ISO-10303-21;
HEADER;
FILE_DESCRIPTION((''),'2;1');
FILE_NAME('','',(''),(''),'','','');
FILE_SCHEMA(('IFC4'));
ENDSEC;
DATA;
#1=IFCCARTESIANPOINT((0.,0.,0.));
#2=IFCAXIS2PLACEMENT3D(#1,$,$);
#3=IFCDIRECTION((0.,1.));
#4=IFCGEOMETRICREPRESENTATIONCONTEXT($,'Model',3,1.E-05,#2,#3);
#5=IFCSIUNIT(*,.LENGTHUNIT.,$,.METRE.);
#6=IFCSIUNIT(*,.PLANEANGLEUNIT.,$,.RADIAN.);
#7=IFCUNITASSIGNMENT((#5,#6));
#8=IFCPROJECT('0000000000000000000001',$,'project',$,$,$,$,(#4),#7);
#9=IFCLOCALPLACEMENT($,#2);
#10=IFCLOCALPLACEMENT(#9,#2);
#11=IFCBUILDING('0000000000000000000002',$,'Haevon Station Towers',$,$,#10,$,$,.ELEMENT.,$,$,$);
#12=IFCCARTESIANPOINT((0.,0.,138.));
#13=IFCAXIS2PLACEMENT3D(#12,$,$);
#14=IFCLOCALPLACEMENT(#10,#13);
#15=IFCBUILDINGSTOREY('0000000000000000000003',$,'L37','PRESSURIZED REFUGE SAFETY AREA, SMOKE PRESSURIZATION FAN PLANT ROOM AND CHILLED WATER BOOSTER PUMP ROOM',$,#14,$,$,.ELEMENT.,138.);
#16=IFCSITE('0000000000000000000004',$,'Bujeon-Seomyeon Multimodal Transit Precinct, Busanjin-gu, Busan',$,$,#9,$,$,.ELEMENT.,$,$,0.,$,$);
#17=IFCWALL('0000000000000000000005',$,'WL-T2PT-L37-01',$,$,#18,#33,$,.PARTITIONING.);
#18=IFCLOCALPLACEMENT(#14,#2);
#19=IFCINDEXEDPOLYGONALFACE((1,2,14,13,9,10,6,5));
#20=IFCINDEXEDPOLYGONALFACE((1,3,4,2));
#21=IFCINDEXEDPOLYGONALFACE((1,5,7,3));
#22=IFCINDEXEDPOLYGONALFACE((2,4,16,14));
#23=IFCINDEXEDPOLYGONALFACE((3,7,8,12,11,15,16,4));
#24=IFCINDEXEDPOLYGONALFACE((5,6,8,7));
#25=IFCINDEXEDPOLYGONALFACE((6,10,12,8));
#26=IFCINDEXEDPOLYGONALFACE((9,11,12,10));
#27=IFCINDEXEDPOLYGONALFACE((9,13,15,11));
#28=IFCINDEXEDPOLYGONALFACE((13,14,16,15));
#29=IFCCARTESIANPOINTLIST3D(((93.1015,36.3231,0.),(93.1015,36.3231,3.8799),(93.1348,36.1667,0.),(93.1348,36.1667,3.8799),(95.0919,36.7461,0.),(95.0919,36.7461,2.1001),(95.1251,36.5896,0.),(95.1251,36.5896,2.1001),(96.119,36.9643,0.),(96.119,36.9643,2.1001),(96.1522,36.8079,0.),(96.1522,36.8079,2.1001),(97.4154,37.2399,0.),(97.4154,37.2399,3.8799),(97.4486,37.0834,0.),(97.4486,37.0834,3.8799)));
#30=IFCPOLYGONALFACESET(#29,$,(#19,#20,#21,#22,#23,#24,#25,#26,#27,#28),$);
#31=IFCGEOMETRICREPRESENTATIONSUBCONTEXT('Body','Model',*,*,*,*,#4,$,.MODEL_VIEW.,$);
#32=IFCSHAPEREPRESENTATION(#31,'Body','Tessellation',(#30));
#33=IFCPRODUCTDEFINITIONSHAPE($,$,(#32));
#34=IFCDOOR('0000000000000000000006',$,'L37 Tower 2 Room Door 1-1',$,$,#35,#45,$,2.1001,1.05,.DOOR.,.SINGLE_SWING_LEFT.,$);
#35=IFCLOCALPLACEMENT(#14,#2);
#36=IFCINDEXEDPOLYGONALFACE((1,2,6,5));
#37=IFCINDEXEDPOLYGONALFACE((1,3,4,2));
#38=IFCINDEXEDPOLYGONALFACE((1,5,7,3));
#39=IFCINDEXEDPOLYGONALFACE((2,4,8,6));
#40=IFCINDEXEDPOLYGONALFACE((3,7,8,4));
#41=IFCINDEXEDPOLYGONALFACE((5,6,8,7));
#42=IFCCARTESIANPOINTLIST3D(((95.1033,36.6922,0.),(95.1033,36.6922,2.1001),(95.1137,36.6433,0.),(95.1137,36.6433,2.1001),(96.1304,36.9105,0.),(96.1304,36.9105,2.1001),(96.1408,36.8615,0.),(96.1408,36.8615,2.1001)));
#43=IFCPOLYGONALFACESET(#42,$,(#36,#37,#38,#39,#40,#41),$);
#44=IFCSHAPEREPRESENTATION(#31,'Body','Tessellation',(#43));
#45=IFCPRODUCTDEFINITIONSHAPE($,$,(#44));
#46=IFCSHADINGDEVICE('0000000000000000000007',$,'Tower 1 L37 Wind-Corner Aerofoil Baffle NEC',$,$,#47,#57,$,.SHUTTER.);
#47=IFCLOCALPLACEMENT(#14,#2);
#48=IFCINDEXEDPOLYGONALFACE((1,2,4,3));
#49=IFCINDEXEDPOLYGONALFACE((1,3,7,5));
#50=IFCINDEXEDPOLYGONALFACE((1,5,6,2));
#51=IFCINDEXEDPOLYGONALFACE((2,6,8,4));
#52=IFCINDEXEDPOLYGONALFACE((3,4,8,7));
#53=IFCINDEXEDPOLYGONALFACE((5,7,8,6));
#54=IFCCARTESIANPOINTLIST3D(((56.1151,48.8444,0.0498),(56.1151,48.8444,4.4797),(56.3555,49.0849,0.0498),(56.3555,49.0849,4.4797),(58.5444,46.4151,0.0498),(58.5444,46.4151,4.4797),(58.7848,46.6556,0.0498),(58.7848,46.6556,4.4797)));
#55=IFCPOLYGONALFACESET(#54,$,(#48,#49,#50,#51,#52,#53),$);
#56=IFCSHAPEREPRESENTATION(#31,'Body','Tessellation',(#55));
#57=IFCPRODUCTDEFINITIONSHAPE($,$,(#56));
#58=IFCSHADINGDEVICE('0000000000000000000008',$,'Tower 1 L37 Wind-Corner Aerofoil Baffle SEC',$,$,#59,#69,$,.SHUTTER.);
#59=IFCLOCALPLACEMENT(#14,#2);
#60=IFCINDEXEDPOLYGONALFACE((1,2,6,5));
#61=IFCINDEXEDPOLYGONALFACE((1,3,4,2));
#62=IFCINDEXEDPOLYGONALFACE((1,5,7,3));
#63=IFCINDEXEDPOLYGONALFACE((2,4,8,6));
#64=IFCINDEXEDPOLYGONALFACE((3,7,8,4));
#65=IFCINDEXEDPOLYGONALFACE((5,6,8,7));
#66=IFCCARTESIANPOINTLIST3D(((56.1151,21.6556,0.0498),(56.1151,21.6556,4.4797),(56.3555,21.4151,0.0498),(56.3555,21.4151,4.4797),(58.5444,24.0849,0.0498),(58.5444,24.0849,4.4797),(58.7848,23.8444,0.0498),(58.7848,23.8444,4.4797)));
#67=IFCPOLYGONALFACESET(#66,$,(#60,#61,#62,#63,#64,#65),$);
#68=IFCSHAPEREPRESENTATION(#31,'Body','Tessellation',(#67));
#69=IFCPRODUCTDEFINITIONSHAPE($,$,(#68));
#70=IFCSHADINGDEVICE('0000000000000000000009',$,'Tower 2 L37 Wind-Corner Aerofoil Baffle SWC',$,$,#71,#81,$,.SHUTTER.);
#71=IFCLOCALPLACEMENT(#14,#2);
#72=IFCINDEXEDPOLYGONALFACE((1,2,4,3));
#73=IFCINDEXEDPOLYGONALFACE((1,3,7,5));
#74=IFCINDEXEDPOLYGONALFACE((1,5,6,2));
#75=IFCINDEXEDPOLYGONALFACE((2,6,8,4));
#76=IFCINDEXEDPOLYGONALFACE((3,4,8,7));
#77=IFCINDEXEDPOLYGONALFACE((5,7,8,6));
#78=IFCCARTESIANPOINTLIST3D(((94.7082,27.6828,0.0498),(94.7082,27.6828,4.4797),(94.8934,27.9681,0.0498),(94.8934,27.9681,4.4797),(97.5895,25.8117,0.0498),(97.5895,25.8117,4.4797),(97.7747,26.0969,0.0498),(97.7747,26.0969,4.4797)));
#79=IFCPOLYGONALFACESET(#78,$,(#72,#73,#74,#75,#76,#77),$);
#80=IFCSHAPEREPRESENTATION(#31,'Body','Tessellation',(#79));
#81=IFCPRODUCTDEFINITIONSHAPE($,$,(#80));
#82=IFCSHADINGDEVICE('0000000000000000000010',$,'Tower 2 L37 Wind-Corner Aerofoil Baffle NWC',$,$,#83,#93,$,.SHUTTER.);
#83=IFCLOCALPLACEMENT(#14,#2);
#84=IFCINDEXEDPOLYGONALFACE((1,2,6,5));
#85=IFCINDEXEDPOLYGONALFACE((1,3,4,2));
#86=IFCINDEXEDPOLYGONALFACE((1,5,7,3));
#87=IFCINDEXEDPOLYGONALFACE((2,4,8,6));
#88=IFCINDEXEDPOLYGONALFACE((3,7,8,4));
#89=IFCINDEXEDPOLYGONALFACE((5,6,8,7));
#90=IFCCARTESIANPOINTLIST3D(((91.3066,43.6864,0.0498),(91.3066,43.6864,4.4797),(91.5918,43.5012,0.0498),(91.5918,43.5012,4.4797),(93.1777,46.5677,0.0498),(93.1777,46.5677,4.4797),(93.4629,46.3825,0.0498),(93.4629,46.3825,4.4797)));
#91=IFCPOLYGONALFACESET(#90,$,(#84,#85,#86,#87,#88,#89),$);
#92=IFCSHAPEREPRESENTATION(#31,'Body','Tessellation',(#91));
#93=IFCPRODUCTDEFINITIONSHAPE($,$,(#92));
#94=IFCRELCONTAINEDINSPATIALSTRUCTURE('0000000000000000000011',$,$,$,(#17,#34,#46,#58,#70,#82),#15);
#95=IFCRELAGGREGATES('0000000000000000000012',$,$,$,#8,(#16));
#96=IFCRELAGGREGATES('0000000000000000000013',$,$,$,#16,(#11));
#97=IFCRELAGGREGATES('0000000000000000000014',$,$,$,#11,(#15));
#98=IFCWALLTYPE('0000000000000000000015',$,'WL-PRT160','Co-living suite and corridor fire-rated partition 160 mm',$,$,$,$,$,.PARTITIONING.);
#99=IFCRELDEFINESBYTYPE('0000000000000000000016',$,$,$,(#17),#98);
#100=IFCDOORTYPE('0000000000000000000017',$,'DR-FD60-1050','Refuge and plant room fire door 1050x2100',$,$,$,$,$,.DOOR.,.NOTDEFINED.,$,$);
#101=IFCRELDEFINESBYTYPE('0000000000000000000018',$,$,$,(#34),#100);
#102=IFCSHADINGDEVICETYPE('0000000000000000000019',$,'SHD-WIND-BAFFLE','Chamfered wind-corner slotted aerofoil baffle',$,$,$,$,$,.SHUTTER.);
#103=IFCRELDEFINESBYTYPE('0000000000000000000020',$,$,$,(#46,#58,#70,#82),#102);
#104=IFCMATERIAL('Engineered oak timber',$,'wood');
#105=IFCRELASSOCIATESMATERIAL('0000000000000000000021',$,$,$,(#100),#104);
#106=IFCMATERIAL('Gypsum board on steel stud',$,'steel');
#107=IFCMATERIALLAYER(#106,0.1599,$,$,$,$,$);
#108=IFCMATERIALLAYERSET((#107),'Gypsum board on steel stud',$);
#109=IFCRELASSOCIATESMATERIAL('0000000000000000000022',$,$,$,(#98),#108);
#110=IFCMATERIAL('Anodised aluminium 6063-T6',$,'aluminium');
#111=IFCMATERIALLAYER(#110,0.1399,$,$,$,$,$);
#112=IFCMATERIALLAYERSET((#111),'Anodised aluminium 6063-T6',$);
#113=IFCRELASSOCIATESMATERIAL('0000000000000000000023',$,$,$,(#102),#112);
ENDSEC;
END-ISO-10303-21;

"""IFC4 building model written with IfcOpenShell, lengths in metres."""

from ifc_helpers import new_model, si_unit, direction, frame, frame_2d, origin, origin_2d, place, context, subcontext, project, spatial, rectangle, extrude, material, layer, layer_set, type_object, element, fill, save


model = new_model("IFC4")

# Units and contexts
model_context = context("Model", 3, precision=1e-05, world=origin(), true_north=direction((0.0, 1.0)))
body_context = subcontext(model_context, "Body", "Model", "MODEL_VIEW")
ifc_project = project(units=[si_unit("LENGTHUNIT", "METRE"), si_unit("PLANEANGLEUNIT", "RADIAN")], contexts=[model_context])

# Site, building, storey
site_placement = place(None, origin())
site = spatial("IfcSite", under=ifc_project, at=site_placement, Name="Bujeon-Seomyeon Multimodal Transit Precinct, Busanjin-gu, Busan", CompositionType="ELEMENT", RefElevation=0.0)
building_placement = place(site_placement, origin())
building = spatial("IfcBuilding", under=site, at=building_placement, Name="Haevon Station Towers", CompositionType="ELEMENT")
storey_placement = place(building_placement, frame((0.0, 0.0, 138.0)))
storey = spatial("IfcBuildingStorey", under=building, at=storey_placement, Name="L37", Description="PRESSURIZED REFUGE SAFETY AREA, SMOKE PRESSURIZATION FAN PLANT ROOM AND CHILLED WATER BOOSTER PUMP ROOM", CompositionType="ELEMENT", Elevation=138.0)

# Shared definitions
ifc_material_1 = material(Name="Gypsum board on steel stud", Category="steel")
ifc_material_2 = material(Name="Engineered oak timber", Category="wood")
door_type = type_object("IfcDoorType", Name="DR-FD60-1050", Description="Refuge and plant room fire door 1050x2100", OperationType="NOTDEFINED", PredefinedType="DOOR", material=ifc_material_2)

# Wall, opening, door
ifc_layer_1 = layer(ifc_material_1, 0.1599)
ifc_layer_set_1 = layer_set([ifc_layer_1], Name="Gypsum board on steel stud")
wall_type_1 = type_object("IfcWallType", Name="WL-PRT160", Description="Co-living suite and corridor fire-rated partition 160 mm", PredefinedType="PARTITIONING", material=ifc_layer_set_1)
wall_1_placement = place(storey_placement, frame((93.1182, 36.2449, 0.0), z_axis=(0.0, 0.0, 1.0), x_axis=(0.978155, 0.207877, 0.0)))
wall_1 = element("IfcWall", 1, at=wall_1_placement, inside=storey, type_object=wall_type_1, Name="WL-T2PT-L37-01", PredefinedType="PARTITIONING", context=body_context, shape_type="SweptSolid", body=[
    extrude(rectangle(XDim=4.4102, YDim=0.1599, at=frame_2d((2.2051, 0.0))), origin(), (0.0, 0.0, 1.0), 3.8799),
])
opening_1_placement = place(wall_1_placement, frame((2.0349, 0.0, 0.0)))
opening_1 = element("IfcOpeningElement", 2, at=opening_1_placement, cuts=wall_1, PredefinedType="OPENING", context=body_context, shape_type="SweptSolid", body=[
    extrude(rectangle(XDim=1.05, YDim=2.1001, at=frame_2d((0.5249, 1.05))), frame((0.0, 0.0898, 0.0), z_axis=(0.0, -1.0, 0.0), x_axis=(1.0, 0.0, 0.0)), (0.0, 0.0, 1.0), 0.1799),
])
door_1_placement = place(opening_1_placement, origin())
door_1 = element("IfcDoor", 3, at=door_1_placement, inside=storey, type_object=door_type, Name="L37 Tower 2 Room Door 1-1", OperationType="SINGLE_SWING_LEFT", OverallHeight=2.1001, OverallWidth=1.05, PredefinedType="DOOR", context=body_context, shape_type="SweptSolid", body=[
    extrude(rectangle(XDim=1.05, YDim=2.1001, at=frame_2d((0.5249, 1.05))), frame((0.0, 0.0249, 0.0), z_axis=(0.0, -1.0, 0.0), x_axis=(1.0, 0.0, 0.0)), (0.0, 0.0, 1.0), 0.05),
])
fill(opening_1, door_1)

# Shading devices
ifc_material_3 = material(Name="Anodised aluminium 6063-T6", Category="aluminium")
ifc_layer_2 = layer(ifc_material_3, 0.1399)
ifc_layer_set_2 = layer_set([ifc_layer_2], Name="Anodised aluminium 6063-T6")
shading_device_type = type_object("IfcShadingDeviceType", Name="SHD-WIND-BAFFLE", Description="Chamfered wind-corner slotted aerofoil baffle", PredefinedType="SHUTTER", material=ifc_layer_set_2)
for number, where, z_axis, x_axis, name in (
    (4, (57.45, 47.75, 0.0498), (0.0, 0.0, 1.0), (0.707107, -0.707107, 0.0), "Tower 1 L37 Wind-Corner Aerofoil Baffle NEC"),
    (5, (57.45, 22.75, 0.0498), (0.0, 0.0, 1.0), (-0.707107, -0.707107, 0.0), "Tower 1 L37 Wind-Corner Aerofoil Baffle SEC"),
    (6, (96.2415, 26.8899, 0.0498), (0.0, 0.0, 1.0), (-0.838671, 0.544639, 0.0), "Tower 2 L37 Wind-Corner Aerofoil Baffle SWC"),
    (7, (92.3848, 45.0344, 0.0498), (0.0, 0.0, 1.0), (0.544639, 0.838671, 0.0), "Tower 2 L37 Wind-Corner Aerofoil Baffle NWC"),
):
    element("IfcShadingDevice", number, at=place(storey_placement, frame(where, z_axis=z_axis, x_axis=x_axis)), inside=storey, type_object=shading_device_type, Name=name, PredefinedType="SHUTTER", context=body_context, shape_type="SweptSolid", body=[
        extrude(rectangle(XDim=3.4355, YDim=0.3401, at=origin_2d()), origin(), (0.0, 0.0, 1.0), 4.4299),
    ])

save(model, "model.ifc")
